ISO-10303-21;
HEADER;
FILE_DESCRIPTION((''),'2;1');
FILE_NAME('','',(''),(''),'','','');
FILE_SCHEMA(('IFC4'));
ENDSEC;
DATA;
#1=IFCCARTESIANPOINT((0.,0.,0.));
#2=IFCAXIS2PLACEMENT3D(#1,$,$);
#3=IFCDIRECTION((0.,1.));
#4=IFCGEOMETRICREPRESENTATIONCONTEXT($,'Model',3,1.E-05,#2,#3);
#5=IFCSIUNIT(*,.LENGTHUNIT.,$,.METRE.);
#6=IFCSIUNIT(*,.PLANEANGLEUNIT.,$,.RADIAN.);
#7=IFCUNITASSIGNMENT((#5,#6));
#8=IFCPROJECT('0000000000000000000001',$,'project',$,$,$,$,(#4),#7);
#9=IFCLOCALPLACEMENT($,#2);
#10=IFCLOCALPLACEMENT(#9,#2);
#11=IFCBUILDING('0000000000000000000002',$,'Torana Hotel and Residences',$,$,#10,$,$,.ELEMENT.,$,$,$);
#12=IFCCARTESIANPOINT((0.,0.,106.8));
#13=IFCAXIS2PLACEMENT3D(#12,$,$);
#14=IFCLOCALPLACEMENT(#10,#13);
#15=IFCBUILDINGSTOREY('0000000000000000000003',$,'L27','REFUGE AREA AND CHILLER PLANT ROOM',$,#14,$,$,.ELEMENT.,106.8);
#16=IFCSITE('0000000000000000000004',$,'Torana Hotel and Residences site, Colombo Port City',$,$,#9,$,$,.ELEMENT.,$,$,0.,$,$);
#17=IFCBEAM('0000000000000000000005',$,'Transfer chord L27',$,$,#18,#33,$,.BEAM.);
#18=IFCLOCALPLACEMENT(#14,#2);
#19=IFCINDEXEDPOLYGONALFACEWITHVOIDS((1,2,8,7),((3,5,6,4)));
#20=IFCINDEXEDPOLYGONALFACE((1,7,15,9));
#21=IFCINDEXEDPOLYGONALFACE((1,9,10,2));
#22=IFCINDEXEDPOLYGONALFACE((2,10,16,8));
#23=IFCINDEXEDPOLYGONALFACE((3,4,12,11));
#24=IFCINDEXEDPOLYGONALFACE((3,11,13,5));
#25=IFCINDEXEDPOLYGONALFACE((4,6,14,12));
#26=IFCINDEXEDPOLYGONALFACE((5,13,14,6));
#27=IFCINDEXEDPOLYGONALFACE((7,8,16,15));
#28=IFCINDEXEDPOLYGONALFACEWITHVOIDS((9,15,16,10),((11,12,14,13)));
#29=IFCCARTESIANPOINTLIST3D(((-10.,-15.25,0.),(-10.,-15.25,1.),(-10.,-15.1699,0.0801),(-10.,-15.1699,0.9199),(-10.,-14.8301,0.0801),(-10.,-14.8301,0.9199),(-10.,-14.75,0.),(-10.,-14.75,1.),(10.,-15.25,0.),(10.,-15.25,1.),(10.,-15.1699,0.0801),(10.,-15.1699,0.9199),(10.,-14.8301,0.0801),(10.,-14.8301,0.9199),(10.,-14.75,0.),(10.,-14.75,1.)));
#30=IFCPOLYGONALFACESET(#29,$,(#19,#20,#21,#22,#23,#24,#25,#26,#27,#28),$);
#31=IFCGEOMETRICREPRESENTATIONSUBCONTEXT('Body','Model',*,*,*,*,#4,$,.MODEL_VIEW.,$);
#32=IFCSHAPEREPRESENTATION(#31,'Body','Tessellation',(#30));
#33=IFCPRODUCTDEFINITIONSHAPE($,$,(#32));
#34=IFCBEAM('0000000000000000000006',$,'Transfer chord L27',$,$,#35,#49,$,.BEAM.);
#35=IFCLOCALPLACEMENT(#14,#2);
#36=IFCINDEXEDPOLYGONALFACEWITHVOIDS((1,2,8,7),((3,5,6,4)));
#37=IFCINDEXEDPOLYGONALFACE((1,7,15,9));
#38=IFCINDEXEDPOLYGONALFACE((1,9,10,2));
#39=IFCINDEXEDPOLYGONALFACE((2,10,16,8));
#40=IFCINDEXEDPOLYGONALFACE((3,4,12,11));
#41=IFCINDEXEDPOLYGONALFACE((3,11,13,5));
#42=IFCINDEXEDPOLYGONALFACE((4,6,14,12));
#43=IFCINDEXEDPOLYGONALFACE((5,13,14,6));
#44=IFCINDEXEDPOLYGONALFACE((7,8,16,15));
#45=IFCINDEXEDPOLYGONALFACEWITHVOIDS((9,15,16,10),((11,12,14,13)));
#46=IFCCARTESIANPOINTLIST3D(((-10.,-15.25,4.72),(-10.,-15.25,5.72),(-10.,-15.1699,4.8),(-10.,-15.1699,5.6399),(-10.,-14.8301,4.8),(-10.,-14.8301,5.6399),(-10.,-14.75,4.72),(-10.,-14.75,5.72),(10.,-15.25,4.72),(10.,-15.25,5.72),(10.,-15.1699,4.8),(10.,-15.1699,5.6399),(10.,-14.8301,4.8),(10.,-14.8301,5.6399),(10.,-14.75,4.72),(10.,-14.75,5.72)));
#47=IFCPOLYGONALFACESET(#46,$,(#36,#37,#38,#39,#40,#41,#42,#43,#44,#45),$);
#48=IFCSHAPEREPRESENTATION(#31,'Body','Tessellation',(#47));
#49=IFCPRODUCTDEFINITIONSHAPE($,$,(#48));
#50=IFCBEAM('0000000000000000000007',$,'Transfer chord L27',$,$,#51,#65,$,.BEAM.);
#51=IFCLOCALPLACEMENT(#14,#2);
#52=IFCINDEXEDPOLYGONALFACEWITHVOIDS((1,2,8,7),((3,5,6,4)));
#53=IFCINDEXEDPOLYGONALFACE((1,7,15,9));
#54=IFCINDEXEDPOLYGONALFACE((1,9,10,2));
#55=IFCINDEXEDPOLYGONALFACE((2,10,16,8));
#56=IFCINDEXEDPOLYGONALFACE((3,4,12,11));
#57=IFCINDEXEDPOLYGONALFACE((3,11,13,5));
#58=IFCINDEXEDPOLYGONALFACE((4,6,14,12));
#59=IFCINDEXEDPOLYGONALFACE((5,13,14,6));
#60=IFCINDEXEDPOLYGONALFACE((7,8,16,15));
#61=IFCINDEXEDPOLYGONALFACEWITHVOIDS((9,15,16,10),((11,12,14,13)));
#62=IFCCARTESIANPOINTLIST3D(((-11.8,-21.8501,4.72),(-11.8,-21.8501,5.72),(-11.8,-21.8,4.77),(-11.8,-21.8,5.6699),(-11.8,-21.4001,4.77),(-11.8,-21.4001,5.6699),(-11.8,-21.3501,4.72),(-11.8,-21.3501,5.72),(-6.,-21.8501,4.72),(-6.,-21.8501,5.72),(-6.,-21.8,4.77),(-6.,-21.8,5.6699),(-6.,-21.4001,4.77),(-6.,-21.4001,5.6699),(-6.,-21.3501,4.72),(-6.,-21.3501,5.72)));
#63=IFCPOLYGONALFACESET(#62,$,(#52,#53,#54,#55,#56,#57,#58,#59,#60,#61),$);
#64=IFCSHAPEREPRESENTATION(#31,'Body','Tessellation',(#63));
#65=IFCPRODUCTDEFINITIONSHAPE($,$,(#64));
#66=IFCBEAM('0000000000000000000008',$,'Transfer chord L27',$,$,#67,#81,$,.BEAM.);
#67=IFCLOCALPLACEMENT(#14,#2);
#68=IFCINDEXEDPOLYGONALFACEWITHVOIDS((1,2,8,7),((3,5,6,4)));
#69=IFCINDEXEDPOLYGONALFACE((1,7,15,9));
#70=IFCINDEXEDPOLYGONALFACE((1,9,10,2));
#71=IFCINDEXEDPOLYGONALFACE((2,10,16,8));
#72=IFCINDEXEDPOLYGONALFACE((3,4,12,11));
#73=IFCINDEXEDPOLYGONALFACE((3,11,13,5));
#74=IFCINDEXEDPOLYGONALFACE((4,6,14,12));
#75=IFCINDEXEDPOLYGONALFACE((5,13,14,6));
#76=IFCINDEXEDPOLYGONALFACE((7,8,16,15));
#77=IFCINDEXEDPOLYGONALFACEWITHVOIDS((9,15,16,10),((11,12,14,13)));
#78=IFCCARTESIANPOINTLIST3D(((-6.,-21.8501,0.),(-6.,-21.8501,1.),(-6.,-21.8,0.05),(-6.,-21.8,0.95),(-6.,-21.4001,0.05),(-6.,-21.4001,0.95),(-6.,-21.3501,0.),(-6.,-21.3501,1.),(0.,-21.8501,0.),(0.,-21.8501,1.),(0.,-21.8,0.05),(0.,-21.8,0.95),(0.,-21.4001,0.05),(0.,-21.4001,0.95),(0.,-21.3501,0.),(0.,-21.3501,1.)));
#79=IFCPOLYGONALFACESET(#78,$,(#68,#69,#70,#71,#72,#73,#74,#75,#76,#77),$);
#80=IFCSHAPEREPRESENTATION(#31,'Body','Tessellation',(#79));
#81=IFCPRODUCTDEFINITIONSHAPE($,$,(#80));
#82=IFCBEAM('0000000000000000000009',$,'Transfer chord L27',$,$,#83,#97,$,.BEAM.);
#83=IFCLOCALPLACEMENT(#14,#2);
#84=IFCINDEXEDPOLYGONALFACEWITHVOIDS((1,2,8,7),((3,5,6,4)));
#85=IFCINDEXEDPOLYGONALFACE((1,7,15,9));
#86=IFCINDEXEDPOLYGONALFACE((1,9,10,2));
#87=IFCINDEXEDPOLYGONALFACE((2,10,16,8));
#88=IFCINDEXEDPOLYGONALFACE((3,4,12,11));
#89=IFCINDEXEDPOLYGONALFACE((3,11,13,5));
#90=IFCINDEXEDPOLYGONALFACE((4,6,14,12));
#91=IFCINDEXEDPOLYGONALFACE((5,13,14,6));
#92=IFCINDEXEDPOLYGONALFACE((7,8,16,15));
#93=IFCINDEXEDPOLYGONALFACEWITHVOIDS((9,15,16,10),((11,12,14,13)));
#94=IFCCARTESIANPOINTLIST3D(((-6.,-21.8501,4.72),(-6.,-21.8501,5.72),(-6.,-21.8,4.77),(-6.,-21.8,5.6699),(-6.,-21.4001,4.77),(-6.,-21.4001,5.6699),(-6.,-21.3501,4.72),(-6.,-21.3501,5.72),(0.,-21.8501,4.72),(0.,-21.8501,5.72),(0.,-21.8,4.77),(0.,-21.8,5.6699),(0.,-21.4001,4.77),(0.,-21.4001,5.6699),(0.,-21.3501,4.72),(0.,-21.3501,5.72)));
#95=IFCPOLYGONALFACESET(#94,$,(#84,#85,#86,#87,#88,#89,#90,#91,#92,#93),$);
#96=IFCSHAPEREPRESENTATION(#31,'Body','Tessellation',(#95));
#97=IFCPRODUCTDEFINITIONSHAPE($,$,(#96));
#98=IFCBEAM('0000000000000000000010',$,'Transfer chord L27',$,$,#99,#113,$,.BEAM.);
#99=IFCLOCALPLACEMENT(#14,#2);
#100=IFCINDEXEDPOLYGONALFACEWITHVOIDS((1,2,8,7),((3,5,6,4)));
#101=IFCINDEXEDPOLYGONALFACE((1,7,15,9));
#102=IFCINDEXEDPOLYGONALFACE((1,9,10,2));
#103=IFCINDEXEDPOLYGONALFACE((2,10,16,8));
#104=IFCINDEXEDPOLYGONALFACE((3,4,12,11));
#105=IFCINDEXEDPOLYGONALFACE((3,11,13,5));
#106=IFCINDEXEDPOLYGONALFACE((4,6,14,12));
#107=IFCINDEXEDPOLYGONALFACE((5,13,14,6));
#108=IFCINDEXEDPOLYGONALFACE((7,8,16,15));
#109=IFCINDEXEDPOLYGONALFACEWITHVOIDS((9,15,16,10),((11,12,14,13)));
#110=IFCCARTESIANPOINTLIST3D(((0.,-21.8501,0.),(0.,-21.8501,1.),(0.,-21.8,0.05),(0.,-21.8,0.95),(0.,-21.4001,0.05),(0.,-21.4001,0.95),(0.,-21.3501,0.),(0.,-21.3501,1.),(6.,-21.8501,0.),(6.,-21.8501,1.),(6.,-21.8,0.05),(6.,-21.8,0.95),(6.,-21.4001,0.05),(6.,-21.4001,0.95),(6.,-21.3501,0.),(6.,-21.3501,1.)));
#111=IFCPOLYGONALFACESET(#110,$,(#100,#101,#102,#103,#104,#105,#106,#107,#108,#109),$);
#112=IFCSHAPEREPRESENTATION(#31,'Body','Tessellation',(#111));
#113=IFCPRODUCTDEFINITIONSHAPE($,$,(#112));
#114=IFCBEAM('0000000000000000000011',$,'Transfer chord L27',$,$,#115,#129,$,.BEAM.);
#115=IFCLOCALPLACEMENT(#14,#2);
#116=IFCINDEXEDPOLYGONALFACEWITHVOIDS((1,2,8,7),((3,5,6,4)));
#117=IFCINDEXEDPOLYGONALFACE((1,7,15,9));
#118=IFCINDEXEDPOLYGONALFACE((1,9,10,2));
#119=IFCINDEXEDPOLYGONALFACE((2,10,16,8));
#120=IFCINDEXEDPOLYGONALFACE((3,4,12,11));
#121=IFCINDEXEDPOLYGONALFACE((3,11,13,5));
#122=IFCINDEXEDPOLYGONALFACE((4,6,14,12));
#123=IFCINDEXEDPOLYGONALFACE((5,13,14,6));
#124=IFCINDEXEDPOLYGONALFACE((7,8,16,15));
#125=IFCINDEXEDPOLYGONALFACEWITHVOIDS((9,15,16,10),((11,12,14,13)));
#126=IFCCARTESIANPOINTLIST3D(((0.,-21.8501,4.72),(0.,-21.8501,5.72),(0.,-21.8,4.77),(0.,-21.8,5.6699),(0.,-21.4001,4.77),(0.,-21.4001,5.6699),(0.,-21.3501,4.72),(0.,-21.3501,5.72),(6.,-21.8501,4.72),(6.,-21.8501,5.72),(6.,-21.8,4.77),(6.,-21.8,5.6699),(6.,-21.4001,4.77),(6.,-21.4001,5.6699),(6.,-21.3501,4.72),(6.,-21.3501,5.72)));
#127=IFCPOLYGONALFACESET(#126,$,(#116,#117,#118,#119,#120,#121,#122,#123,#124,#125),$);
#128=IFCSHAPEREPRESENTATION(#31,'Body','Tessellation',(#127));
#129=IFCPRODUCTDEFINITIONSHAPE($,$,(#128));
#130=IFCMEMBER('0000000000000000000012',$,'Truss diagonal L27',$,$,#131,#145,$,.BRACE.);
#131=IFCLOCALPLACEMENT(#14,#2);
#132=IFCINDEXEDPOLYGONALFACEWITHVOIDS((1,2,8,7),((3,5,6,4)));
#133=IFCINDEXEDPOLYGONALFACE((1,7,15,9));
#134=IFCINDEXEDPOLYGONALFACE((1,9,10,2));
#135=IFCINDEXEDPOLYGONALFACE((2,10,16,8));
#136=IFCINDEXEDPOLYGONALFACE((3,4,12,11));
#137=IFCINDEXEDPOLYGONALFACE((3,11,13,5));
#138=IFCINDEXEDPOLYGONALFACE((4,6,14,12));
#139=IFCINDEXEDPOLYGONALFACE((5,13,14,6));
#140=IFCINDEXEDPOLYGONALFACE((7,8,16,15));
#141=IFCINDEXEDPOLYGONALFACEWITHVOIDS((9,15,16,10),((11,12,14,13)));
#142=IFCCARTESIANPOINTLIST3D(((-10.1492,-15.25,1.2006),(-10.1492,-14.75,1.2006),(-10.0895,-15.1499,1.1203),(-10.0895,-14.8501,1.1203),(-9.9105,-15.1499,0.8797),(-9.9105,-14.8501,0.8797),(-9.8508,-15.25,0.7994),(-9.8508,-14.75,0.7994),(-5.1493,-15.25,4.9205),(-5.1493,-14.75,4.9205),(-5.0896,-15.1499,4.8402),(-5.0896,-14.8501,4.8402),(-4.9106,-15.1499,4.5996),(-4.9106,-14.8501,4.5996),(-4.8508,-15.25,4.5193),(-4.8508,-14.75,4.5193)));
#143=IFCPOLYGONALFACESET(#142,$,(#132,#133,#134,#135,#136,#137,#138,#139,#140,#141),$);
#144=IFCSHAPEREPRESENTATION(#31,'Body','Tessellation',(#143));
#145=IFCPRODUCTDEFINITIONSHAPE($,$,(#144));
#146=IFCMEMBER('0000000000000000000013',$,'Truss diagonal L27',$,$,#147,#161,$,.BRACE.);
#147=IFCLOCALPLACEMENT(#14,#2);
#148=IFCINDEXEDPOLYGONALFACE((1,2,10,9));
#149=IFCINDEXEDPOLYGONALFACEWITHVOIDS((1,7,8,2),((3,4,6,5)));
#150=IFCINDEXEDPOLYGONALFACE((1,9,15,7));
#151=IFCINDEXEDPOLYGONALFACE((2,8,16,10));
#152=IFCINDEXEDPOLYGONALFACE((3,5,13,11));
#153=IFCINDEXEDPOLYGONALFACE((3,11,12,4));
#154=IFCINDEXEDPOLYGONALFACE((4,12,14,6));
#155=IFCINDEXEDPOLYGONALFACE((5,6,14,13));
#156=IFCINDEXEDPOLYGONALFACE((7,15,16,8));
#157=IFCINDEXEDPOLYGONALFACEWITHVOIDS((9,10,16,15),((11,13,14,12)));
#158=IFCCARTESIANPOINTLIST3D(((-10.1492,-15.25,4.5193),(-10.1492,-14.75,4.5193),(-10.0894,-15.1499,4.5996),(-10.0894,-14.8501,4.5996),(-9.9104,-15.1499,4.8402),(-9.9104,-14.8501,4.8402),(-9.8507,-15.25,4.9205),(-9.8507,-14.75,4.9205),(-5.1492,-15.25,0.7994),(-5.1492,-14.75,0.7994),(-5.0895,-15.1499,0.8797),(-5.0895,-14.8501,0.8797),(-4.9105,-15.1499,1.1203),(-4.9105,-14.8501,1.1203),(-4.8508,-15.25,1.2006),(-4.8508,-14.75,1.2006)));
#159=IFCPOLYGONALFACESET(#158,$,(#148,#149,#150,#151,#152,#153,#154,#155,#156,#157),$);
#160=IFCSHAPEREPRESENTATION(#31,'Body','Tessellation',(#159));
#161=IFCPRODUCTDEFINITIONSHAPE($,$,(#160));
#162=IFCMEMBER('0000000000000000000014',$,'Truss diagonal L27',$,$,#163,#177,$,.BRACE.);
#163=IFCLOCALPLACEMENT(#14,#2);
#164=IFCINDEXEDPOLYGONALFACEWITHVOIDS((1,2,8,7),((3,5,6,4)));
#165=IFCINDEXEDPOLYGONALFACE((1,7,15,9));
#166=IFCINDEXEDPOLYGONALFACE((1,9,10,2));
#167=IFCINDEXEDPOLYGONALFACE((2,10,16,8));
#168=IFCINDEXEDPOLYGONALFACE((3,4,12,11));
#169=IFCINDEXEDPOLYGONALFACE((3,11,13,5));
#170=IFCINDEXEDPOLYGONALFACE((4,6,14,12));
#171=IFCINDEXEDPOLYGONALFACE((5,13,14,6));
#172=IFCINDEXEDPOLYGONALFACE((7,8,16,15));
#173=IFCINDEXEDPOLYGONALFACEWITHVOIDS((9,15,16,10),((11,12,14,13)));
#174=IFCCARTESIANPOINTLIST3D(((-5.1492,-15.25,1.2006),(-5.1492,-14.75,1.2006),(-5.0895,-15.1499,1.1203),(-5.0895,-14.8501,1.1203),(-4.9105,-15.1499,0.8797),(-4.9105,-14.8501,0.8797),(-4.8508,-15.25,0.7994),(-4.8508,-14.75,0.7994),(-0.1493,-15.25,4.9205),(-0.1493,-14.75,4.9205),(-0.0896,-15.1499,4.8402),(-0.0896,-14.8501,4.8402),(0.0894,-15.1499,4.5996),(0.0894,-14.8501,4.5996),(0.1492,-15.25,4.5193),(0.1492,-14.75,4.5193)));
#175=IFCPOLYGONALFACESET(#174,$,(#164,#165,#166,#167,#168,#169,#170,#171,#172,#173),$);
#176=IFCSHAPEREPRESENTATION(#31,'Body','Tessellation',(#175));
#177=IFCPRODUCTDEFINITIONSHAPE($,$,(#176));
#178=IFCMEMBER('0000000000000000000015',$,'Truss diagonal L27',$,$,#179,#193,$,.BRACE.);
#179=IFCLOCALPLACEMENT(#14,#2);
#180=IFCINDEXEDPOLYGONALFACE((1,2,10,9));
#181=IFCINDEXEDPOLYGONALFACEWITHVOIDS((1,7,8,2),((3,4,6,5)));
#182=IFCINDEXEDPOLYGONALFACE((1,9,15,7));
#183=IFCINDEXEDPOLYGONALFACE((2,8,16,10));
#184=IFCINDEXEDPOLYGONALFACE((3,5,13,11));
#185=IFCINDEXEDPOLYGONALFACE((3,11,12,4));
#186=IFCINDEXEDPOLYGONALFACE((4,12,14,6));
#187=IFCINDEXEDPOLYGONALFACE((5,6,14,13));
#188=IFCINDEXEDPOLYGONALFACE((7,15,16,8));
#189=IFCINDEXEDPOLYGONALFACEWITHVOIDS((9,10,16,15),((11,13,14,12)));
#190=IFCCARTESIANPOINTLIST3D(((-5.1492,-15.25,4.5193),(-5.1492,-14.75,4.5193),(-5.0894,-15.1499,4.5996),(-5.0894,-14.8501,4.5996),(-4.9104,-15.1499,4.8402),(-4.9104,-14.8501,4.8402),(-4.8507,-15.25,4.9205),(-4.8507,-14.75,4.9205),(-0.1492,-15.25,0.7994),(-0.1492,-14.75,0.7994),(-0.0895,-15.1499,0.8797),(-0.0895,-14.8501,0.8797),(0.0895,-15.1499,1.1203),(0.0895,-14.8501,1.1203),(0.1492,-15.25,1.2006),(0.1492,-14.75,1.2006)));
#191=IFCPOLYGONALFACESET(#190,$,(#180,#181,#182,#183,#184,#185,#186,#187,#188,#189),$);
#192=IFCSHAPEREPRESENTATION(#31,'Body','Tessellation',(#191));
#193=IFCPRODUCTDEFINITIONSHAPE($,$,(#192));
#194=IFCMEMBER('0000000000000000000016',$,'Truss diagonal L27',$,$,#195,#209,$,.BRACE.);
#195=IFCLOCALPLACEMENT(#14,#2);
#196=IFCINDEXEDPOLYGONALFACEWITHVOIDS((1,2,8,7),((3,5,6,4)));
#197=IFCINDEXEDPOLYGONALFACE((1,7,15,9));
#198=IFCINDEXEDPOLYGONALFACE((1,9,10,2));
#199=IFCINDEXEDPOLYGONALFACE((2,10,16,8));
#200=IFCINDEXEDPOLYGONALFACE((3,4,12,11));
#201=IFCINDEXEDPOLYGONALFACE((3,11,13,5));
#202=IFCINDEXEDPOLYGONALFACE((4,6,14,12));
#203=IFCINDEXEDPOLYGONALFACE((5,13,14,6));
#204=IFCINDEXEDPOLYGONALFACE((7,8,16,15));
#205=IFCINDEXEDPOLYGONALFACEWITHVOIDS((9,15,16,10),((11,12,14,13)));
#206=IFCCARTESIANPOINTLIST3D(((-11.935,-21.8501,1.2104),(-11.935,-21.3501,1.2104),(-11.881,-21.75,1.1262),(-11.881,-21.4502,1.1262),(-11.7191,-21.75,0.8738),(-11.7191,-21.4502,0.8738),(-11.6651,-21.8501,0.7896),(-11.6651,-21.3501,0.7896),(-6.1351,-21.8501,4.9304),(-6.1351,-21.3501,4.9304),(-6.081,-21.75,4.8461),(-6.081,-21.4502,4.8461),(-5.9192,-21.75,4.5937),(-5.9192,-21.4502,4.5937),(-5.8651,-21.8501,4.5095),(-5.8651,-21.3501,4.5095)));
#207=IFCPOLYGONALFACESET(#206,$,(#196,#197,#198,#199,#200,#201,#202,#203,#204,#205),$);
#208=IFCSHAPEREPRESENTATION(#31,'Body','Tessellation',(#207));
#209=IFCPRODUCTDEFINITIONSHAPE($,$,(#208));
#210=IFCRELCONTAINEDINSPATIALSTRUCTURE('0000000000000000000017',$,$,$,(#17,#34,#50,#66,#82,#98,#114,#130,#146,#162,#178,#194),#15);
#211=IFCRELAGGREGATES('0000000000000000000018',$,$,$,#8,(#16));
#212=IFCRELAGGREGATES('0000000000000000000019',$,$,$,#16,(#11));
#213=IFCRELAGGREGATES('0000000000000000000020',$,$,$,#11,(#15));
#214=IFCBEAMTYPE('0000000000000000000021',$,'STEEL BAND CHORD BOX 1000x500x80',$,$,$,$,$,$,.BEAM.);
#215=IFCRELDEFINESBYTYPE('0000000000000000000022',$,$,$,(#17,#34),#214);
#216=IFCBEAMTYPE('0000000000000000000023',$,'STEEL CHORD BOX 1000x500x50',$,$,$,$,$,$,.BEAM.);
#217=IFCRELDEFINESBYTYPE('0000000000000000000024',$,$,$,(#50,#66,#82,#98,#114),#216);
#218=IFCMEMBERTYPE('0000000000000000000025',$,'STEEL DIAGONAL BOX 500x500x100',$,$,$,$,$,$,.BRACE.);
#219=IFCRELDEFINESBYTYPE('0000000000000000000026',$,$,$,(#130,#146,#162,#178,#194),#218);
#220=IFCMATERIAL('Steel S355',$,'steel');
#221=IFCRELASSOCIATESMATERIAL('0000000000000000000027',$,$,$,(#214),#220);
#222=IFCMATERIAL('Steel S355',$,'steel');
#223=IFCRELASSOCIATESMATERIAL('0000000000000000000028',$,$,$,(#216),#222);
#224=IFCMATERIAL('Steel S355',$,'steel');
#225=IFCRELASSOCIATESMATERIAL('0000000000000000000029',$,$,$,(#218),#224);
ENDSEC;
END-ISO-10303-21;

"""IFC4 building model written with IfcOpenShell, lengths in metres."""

from ifc_helpers import new_model, si_unit, direction, frame, origin, origin_2d, place, context, subcontext, project, spatial, hollow_rectangle, extrude, material, material_profile, profile_set, type_object, element, save


model = new_model("IFC4")

# Units and contexts
model_context = context("Model", 3, precision=1e-05, world=origin(), true_north=direction((0.0, 1.0)))
body_context = subcontext(model_context, "Body", "Model", "MODEL_VIEW")
ifc_project = project(units=[si_unit("LENGTHUNIT", "METRE"), si_unit("PLANEANGLEUNIT", "RADIAN")], contexts=[model_context])

# Site, building, storey
site_placement = place(None, origin())
site = spatial("IfcSite", under=ifc_project, at=site_placement, Name="Torana Hotel and Residences site, Colombo Port City", CompositionType="ELEMENT", RefElevation=0.0)
building_placement = place(site_placement, origin())
building = spatial("IfcBuilding", under=site, at=building_placement, Name="Torana Hotel and Residences", CompositionType="ELEMENT")
storey_placement = place(building_placement, frame((0.0, 0.0, 106.8)))
storey = spatial("IfcBuildingStorey", under=building, at=storey_placement, Name="L27", Description="REFUGE AREA AND CHILLER PLANT ROOM", CompositionType="ELEMENT", Elevation=106.8)

# Beams
ifc_material_1 = material(Name="Steel S355", Category="steel")
ifc_material_profile_1 = material_profile(ifc_material_1, hollow_rectangle(XDim=0.5, YDim=1.0, WallThickness=0.0801, at=origin_2d()), Name="BOX 1000x500x80")
ifc_profile_set_1 = profile_set([ifc_material_profile_1], Name="Steel S355")
beam_type_1 = type_object("IfcBeamType", Name="STEEL BAND CHORD BOX 1000x500x80", PredefinedType="BEAM", material=ifc_profile_set_1)
for number, where, z_axis, x_axis, name in (
    (1, (-10.0, -15.0, 0.5), (1.0, 0.0, 0.0), (0.0, 1.0, 0.0), "Transfer chord L27"),
    (2, (-10.0, -15.0, 5.22), (1.0, 0.0, 0.0), (0.0, 1.0, 0.0), "Transfer chord L27"),
):
    element("IfcBeam", number, at=place(storey_placement, frame(where, z_axis=z_axis, x_axis=x_axis)), inside=storey, type_object=beam_type_1, Name=name, PredefinedType="BEAM", context=body_context, shape_type="SweptSolid", body=[
        extrude(hollow_rectangle(XDim=0.5, YDim=1.0, WallThickness=0.0801, at=origin_2d()), origin(), (0.0, 0.0, 1.0), 20.0),
    ])
ifc_material_2 = material(Name="Steel S355", Category="steel")
ifc_material_profile_2 = material_profile(ifc_material_2, hollow_rectangle(XDim=0.5, YDim=1.0, WallThickness=0.05, at=origin_2d()), Name="BOX 1000x500x50")
ifc_profile_set_2 = profile_set([ifc_material_profile_2], Name="Steel S355")
beam_type_2 = type_object("IfcBeamType", Name="STEEL CHORD BOX 1000x500x50", PredefinedType="BEAM", material=ifc_profile_set_2)
beam_placement = place(storey_placement, frame((-11.8, -21.6001, 5.22), z_axis=(1.0, 0.0, 0.0), x_axis=(0.0, 1.0, 0.0)))
element("IfcBeam", 3, at=beam_placement, inside=storey, type_object=beam_type_2, Name="Transfer chord L27", PredefinedType="BEAM", context=body_context, shape_type="SweptSolid", body=[
    extrude(hollow_rectangle(XDim=0.5, YDim=1.0, WallThickness=0.05, at=origin_2d()), origin(), (0.0, 0.0, 1.0), 5.8),
])
for number, where, z_axis, x_axis, name in (
    (4, (-6.0, -21.6001, 0.5), (1.0, 0.0, 0.0), (0.0, 1.0, 0.0), "Transfer chord L27"),
    (5, (-6.0, -21.6001, 5.22), (1.0, 0.0, 0.0), (0.0, 1.0, 0.0), "Transfer chord L27"),
    (6, (0.0, -21.6001, 0.5), (1.0, 0.0, 0.0), (0.0, 1.0, 0.0), "Transfer chord L27"),
    (7, (0.0, -21.6001, 5.22), (1.0, 0.0, 0.0), (0.0, 1.0, 0.0), "Transfer chord L27"),
):
    element("IfcBeam", number, at=place(storey_placement, frame(where, z_axis=z_axis, x_axis=x_axis)), inside=storey, type_object=beam_type_2, Name=name, PredefinedType="BEAM", context=body_context, shape_type="SweptSolid", body=[
        extrude(hollow_rectangle(XDim=0.5, YDim=1.0, WallThickness=0.05, at=origin_2d()), origin(), (0.0, 0.0, 1.0), 6.0),
    ])

# Members
ifc_material_3 = material(Name="Steel S355", Category="steel")
ifc_material_profile_3 = material_profile(ifc_material_3, hollow_rectangle(XDim=0.5, YDim=0.5, WallThickness=0.1001, at=origin_2d()), Name="BOX 500x500x100")
ifc_profile_set_3 = profile_set([ifc_material_profile_3], Name="Steel S355")
member_type_1 = type_object("IfcMemberType", Name="STEEL DIAGONAL BOX 500x500x100", PredefinedType="BRACE", material=ifc_profile_set_3)
for number, where, z_axis, x_axis, name in (
    (8, (-10.0, -15.0, 1.0), (0.802307, 0.0, 0.596912), (0.0, 1.0, 0.0), "Truss diagonal L27"),
    (9, (-5.0, -15.0, 1.0), (-0.802307, 0.0, 0.596912), (0.0, -1.0, 0.0), "Truss diagonal L27"),
    (10, (-5.0, -15.0, 1.0), (0.802307, 0.0, 0.596912), (0.0, 1.0, 0.0), "Truss diagonal L27"),
    (11, (0.0, -15.0, 1.0), (-0.802307, 0.0, 0.596912), (0.0, -1.0, 0.0), "Truss diagonal L27"),
):
    element("IfcMember", number, at=place(storey_placement, frame(where, z_axis=z_axis, x_axis=x_axis)), inside=storey, type_object=member_type_1, Name=name, PredefinedType="BRACE", context=body_context, shape_type="SweptSolid", body=[
        extrude(hollow_rectangle(XDim=0.5, YDim=0.5, WallThickness=0.1001, at=origin_2d()), origin(), (0.0, 0.0, 1.0), 6.2319),
    ])
for number, where, z_axis, x_axis, name in (
    (12, (-11.8, -21.6001, 1.0), (0.841748, 0.0, 0.539871), (0.0, 1.0, 0.0), "Truss diagonal L27"),
):
    element("IfcMember", number, at=place(storey_placement, frame(where, z_axis=z_axis, x_axis=x_axis)), inside=storey, type_object=member_type_1, Name=name, PredefinedType="BRACE", context=body_context, shape_type="SweptSolid", body=[
        extrude(hollow_rectangle(XDim=0.5, YDim=0.5, WallThickness=0.1001, at=origin_2d()), origin(), (0.0, 0.0, 1.0), 6.8904),
    ])

save(model, "model.ifc")
